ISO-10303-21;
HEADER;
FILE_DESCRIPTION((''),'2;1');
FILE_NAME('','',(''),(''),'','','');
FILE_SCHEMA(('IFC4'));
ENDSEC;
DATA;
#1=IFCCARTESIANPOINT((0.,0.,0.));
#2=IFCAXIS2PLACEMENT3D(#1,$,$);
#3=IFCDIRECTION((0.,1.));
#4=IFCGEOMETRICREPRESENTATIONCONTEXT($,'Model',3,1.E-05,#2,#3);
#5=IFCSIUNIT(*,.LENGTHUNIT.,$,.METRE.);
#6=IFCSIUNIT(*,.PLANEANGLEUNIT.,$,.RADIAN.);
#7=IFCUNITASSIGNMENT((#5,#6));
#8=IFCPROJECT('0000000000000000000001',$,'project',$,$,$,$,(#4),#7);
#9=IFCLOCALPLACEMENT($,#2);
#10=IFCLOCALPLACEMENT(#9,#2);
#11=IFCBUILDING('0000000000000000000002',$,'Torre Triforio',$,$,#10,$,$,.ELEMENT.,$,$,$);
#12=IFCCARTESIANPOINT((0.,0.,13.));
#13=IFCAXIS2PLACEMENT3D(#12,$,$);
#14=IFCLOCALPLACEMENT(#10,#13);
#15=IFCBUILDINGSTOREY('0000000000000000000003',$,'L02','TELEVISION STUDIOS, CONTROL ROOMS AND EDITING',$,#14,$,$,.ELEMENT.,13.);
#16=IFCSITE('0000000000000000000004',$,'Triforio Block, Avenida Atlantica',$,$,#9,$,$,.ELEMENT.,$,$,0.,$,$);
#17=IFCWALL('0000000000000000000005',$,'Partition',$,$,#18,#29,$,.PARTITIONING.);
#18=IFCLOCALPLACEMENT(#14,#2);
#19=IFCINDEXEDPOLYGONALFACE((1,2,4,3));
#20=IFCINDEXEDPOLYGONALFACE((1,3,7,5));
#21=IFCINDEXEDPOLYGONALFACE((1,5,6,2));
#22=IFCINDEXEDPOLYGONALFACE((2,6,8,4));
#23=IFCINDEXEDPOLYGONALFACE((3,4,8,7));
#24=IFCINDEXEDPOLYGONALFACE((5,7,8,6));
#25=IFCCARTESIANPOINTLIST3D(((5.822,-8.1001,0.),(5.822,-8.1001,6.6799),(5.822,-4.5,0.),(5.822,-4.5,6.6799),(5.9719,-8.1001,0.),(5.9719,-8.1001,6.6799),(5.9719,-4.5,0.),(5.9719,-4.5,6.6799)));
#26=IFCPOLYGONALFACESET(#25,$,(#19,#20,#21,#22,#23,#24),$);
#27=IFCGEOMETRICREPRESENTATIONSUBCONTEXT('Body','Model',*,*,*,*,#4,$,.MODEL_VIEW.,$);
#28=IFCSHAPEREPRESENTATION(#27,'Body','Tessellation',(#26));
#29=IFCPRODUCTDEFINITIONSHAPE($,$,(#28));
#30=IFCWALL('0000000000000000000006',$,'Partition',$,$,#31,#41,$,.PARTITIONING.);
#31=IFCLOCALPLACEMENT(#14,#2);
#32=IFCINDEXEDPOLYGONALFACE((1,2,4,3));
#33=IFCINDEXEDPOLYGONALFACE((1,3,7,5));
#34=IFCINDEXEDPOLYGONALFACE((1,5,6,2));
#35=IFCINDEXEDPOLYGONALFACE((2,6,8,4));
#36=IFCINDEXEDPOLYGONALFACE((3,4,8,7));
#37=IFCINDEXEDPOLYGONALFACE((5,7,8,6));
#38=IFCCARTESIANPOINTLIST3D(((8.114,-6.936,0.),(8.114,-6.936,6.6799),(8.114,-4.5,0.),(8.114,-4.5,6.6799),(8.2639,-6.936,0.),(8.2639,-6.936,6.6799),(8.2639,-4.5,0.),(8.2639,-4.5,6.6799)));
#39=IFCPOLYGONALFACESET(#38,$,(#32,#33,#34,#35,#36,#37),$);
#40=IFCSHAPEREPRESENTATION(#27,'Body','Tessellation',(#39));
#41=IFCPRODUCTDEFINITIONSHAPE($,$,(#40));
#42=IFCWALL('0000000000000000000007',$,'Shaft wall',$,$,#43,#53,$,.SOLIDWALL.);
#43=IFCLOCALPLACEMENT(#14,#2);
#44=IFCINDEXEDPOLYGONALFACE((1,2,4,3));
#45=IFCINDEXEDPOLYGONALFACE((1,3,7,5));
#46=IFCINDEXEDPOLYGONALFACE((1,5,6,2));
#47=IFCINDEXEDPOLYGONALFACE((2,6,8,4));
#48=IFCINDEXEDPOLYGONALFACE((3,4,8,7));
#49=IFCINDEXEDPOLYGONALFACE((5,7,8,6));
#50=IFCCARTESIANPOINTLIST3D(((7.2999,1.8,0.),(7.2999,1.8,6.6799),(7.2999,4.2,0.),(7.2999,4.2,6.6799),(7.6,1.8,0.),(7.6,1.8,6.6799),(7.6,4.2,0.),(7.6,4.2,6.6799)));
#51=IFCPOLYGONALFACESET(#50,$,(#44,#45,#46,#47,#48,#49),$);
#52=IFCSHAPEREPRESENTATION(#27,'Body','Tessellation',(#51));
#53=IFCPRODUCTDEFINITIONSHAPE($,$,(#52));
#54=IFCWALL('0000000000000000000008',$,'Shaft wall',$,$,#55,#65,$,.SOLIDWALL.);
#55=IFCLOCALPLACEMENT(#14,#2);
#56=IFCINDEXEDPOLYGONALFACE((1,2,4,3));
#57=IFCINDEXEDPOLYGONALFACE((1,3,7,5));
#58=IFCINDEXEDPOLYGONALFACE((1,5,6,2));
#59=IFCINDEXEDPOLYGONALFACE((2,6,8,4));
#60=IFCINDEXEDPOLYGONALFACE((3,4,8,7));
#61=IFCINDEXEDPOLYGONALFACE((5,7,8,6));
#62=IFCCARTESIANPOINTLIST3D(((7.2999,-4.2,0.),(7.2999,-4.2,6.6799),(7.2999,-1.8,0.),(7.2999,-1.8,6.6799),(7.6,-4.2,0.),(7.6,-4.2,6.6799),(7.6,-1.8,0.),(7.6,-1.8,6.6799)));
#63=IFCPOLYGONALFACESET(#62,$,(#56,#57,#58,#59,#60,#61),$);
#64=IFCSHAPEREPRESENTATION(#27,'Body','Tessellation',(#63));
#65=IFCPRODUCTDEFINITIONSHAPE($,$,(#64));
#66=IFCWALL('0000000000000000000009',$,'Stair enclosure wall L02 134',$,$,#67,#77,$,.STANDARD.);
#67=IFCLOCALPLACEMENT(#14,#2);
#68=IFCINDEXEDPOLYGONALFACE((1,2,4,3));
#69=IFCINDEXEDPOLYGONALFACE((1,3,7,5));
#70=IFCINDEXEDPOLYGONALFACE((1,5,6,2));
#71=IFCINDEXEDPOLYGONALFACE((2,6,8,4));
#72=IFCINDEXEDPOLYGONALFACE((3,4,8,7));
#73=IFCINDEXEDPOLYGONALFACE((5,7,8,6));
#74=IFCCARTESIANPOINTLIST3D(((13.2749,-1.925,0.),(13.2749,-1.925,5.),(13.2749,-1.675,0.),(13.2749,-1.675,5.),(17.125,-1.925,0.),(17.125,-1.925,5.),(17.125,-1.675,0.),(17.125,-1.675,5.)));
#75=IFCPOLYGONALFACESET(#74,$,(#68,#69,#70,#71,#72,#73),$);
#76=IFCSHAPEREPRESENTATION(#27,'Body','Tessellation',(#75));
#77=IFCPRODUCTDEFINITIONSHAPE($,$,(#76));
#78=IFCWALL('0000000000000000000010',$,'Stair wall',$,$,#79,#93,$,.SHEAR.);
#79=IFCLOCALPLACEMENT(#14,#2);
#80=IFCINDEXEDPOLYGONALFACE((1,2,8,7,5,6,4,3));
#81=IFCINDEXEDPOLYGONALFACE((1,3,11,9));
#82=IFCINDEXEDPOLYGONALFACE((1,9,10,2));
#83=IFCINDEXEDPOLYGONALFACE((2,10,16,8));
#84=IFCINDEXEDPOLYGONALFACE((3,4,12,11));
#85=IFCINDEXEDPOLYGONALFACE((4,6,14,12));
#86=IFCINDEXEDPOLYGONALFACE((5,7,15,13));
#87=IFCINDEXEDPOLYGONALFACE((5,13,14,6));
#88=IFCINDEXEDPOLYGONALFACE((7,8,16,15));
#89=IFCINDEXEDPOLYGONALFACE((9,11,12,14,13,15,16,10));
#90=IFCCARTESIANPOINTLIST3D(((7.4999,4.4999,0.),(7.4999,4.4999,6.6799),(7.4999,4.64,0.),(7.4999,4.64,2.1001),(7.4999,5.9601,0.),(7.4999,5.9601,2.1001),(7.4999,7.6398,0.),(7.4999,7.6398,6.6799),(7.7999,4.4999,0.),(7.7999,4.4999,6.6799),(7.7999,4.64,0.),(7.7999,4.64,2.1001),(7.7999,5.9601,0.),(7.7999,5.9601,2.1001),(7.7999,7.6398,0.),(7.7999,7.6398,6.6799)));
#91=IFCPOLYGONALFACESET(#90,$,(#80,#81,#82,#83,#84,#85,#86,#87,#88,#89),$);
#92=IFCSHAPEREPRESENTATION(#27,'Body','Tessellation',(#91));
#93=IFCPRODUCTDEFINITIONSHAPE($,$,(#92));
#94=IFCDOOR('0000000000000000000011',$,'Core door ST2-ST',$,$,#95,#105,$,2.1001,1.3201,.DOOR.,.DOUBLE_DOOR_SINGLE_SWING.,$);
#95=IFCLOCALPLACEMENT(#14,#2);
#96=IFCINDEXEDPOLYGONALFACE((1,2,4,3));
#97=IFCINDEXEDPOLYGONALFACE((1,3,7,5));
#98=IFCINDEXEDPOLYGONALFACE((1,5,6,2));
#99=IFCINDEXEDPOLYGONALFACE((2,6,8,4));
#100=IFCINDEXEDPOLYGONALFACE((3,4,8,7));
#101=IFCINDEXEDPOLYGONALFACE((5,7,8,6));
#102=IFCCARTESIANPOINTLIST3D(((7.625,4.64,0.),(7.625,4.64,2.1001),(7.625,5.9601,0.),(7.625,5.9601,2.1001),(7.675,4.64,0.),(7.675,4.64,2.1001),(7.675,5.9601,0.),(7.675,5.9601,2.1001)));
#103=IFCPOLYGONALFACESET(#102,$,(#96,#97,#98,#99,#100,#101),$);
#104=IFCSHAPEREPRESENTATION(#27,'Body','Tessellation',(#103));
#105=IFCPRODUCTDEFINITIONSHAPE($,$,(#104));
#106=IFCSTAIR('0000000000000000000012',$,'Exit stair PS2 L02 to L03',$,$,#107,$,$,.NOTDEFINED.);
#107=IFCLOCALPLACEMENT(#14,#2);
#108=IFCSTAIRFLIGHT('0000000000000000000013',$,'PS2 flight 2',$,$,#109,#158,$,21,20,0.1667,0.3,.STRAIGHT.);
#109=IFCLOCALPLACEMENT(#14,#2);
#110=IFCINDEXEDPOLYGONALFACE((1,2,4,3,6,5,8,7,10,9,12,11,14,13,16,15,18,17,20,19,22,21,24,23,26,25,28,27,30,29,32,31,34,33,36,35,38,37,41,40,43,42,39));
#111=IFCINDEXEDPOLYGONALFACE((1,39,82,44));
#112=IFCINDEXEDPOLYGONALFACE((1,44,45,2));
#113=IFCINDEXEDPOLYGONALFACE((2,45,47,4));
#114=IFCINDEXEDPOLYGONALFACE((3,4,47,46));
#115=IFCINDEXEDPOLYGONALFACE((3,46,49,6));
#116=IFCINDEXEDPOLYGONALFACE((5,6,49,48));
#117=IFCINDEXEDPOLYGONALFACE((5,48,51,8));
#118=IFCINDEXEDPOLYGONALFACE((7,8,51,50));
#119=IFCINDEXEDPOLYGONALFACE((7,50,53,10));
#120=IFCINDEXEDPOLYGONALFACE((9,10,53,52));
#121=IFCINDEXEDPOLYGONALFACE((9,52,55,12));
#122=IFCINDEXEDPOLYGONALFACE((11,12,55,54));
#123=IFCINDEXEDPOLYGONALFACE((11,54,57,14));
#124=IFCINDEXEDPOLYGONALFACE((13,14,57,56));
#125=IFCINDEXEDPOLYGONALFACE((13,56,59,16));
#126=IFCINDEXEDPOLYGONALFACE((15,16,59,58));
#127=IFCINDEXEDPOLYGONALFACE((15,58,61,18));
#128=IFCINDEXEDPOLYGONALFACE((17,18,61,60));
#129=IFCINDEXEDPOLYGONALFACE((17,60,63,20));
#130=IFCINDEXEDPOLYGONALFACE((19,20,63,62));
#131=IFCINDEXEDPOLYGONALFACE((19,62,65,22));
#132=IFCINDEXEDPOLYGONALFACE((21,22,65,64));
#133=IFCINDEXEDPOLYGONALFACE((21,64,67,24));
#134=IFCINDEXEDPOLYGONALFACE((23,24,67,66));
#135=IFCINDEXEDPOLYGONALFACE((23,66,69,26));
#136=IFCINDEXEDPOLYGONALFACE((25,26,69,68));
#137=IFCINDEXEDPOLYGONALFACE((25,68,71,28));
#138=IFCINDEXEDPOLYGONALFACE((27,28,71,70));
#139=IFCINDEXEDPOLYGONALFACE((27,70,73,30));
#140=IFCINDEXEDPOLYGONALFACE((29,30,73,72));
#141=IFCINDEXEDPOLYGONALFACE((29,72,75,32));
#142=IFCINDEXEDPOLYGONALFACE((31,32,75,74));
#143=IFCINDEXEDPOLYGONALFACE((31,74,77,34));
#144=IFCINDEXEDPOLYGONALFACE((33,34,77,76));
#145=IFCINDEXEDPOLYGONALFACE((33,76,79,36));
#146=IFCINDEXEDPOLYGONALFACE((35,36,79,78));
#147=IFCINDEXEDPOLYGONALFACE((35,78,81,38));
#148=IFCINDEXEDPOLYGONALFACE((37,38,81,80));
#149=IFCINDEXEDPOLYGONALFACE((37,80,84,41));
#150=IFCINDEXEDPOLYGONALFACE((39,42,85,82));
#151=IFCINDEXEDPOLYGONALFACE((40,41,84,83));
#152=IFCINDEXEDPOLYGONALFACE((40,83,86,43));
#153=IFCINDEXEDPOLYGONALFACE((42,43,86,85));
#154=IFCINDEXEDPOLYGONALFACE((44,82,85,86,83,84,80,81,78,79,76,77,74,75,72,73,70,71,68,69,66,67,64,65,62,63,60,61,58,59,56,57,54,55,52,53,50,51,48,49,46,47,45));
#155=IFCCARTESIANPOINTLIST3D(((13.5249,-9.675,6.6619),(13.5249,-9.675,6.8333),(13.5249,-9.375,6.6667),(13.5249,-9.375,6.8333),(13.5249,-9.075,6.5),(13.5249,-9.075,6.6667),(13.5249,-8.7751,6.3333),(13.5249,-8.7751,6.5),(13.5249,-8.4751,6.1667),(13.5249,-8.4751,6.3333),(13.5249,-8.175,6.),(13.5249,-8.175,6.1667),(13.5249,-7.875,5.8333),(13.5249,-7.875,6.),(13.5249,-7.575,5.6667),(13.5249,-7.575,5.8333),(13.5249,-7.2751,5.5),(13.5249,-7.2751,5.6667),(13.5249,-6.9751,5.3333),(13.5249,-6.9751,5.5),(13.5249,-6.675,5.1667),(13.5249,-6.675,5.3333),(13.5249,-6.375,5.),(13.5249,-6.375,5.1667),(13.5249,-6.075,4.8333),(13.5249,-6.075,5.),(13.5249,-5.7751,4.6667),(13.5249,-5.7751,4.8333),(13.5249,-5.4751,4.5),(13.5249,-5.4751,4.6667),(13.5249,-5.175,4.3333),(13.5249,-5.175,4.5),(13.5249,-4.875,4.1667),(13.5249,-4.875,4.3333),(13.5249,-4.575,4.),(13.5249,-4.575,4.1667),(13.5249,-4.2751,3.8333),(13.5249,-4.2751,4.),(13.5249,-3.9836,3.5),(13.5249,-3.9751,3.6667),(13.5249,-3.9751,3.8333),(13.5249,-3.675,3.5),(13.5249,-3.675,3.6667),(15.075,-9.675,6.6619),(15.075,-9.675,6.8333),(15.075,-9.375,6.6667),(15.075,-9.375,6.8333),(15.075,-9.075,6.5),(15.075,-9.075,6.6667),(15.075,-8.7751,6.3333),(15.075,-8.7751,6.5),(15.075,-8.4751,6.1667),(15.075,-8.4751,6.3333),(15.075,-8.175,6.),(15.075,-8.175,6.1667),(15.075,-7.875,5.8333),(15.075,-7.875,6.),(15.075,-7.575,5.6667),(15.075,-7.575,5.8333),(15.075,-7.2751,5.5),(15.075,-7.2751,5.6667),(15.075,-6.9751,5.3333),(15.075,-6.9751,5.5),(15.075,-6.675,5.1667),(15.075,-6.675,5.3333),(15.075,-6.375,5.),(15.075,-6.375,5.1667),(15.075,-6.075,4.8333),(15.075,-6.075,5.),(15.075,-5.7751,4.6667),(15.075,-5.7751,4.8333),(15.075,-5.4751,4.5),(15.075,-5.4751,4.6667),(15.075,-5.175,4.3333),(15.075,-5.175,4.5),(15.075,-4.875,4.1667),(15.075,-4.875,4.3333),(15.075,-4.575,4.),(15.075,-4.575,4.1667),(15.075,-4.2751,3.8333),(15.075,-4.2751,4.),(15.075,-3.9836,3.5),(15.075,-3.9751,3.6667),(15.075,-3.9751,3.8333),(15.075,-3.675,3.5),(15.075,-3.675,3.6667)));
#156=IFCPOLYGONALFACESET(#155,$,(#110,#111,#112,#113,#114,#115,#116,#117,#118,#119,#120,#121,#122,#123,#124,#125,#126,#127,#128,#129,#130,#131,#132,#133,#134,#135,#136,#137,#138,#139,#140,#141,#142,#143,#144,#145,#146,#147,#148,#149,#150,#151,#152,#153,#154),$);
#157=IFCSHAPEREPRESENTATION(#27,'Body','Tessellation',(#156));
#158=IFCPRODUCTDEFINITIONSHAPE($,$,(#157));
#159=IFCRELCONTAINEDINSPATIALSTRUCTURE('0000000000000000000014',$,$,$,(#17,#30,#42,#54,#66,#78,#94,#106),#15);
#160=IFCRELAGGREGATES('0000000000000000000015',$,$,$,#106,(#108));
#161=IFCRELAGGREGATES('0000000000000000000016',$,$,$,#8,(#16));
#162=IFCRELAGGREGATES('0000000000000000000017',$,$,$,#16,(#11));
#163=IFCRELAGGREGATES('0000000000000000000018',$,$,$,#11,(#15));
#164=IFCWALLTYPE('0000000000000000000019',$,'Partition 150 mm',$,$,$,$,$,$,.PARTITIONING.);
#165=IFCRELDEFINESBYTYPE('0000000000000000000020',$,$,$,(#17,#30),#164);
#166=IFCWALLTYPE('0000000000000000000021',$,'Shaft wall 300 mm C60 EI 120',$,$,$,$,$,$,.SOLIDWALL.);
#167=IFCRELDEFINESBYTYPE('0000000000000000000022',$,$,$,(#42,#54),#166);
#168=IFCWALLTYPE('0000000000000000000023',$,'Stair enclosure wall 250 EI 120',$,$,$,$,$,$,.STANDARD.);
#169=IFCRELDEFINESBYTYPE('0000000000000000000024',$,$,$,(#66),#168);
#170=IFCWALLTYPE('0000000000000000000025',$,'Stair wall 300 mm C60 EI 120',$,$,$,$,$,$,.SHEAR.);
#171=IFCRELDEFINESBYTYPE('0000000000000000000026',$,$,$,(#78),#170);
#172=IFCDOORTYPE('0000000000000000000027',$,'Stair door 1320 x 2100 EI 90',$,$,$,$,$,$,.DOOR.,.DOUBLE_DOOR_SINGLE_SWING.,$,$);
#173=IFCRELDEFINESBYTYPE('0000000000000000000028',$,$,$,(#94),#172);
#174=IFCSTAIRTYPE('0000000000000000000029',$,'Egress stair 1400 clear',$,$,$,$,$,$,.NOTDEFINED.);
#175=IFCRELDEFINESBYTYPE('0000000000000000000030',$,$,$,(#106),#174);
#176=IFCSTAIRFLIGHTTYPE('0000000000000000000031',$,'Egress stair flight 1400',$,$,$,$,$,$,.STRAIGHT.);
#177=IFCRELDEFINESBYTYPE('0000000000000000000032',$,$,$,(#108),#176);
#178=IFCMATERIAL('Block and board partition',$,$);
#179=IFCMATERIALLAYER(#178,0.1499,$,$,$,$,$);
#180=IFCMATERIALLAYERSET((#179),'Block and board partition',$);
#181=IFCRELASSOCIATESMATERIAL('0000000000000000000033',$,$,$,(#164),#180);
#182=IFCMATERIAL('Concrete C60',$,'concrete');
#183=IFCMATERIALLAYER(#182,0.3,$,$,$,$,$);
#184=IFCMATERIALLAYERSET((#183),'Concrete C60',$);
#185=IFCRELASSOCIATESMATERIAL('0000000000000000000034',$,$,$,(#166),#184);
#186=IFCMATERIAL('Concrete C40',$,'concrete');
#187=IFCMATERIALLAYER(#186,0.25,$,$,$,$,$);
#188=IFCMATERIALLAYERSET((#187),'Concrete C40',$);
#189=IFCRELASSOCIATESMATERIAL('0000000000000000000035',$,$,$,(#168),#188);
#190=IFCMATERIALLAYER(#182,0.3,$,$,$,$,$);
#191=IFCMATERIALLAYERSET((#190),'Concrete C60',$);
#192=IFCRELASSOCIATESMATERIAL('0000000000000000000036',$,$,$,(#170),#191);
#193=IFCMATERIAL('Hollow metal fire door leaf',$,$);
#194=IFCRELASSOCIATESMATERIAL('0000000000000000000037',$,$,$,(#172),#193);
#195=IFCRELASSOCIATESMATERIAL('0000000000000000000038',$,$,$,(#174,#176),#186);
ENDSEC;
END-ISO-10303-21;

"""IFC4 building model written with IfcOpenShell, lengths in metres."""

from ifc_helpers import new_model, si_unit, direction, frame, frame_2d, origin, place, context, subcontext, project, spatial, polyline, rectangle, outline, extrude, material, layer, layer_set, type_object, element, fill, aggregate, save


model = new_model("IFC4")

# Units and contexts
model_context = context("Model", 3, precision=1e-05, world=origin(), true_north=direction((0.0, 1.0)))
body_context = subcontext(model_context, "Body", "Model", "MODEL_VIEW")
ifc_project = project(units=[si_unit("LENGTHUNIT", "METRE"), si_unit("PLANEANGLEUNIT", "RADIAN")], contexts=[model_context])

# Site, building, storey
site_placement = place(None, origin())
site = spatial("IfcSite", under=ifc_project, at=site_placement, Name="Triforio Block, Avenida Atlantica", CompositionType="ELEMENT", RefElevation=0.0)
building_placement = place(site_placement, origin())
building = spatial("IfcBuilding", under=site, at=building_placement, Name="Torre Triforio", CompositionType="ELEMENT")
storey_placement = place(building_placement, frame((0.0, 0.0, 13.0)))
storey = spatial("IfcBuildingStorey", under=building, at=storey_placement, Name="L02", Description="TELEVISION STUDIOS, CONTROL ROOMS AND EDITING", CompositionType="ELEMENT", Elevation=13.0)

# Shared definitions
ifc_material_1 = material(Name="Concrete C60", Category="concrete")
ifc_material_2 = material(Name="Hollow metal fire door leaf")

# Walls
ifc_material_3 = material(Name="Block and board partition")
ifc_layer_1 = layer(ifc_material_3, 0.1499)
ifc_layer_set_1 = layer_set([ifc_layer_1], Name="Block and board partition")
wall_type_1 = type_object("IfcWallType", Name="Partition 150 mm", PredefinedType="PARTITIONING", material=ifc_layer_set_1)
wall_1_placement = place(storey_placement, frame((5.897, -8.1001, 0.0), z_axis=(0.0, 0.0, 1.0), x_axis=(0.0, 1.0, 0.0)))
element("IfcWall", 1, at=wall_1_placement, inside=storey, type_object=wall_type_1, Name="Partition", PredefinedType="PARTITIONING", context=body_context, shape_type="SweptSolid", body=[
    extrude(rectangle(XDim=3.6001, YDim=0.1499, at=frame_2d((1.8, 0.0))), origin(), (0.0, 0.0, 1.0), 6.6799),
])
wall_2_placement = place(storey_placement, frame((8.189, -6.936, 0.0), z_axis=(0.0, 0.0, 1.0), x_axis=(0.0, 1.0, 0.0)))
element("IfcWall", 2, at=wall_2_placement, inside=storey, type_object=wall_type_1, Name="Partition", PredefinedType="PARTITIONING", context=body_context, shape_type="SweptSolid", body=[
    extrude(rectangle(XDim=2.436, YDim=0.1499, at=frame_2d((1.218, 0.0))), origin(), (0.0, 0.0, 1.0), 6.6799),
])
ifc_layer_2 = layer(ifc_material_1, 0.3)
ifc_layer_set_2 = layer_set([ifc_layer_2], Name="Concrete C60")
wall_type_2 = type_object("IfcWallType", Name="Shaft wall 300 mm C60 EI 120", PredefinedType="SOLIDWALL", material=ifc_layer_set_2)
for number, where, z_axis, x_axis, name in (
    (3, (7.45, 1.8, 0.0), (0.0, 0.0, 1.0), (0.0, 1.0, 0.0), "Shaft wall"),
    (4, (7.45, -4.2, 0.0), (0.0, 0.0, 1.0), (0.0, 1.0, 0.0), "Shaft wall"),
):
    element("IfcWall", number, at=place(storey_placement, frame(where, z_axis=z_axis, x_axis=x_axis)), inside=storey, type_object=wall_type_2, Name=name, PredefinedType="SOLIDWALL", context=body_context, shape_type="SweptSolid", body=[
        extrude(rectangle(XDim=2.3999, YDim=0.3, at=frame_2d((1.2, 0.0))), origin(), (0.0, 0.0, 1.0), 6.6799),
    ])
ifc_material_4 = material(Name="Concrete C40", Category="concrete")
ifc_layer_3 = layer(ifc_material_4, 0.25)
ifc_layer_set_3 = layer_set([ifc_layer_3], Name="Concrete C40")
wall_type_3 = type_object("IfcWallType", Name="Stair enclosure wall 250 EI 120", PredefinedType="STANDARD", material=ifc_layer_set_3)
wall_3_placement = place(storey_placement, frame((13.2749, -1.8, 0.0), z_axis=(0.0, 0.0, 1.0), x_axis=(1.0, 0.0, 0.0)))
element("IfcWall", 5, at=wall_3_placement, inside=storey, type_object=wall_type_3, Name="Stair enclosure wall L02 134", PredefinedType="STANDARD", context=body_context, shape_type="SweptSolid", body=[
    extrude(rectangle(XDim=3.8501, YDim=0.25, at=frame_2d((1.925, 0.0))), origin(), (0.0, 0.0, 1.0), 5.0),
])

# Wall, opening, door
ifc_layer_4 = layer(ifc_material_1, 0.3)
ifc_layer_set_4 = layer_set([ifc_layer_4], Name="Concrete C60")
wall_type_4 = type_object("IfcWallType", Name="Stair wall 300 mm C60 EI 120", PredefinedType="SHEAR", material=ifc_layer_set_4)
wall_4_placement = place(storey_placement, frame((7.6499, 4.5, 0.0), z_axis=(0.0, 0.0, 1.0), x_axis=(0.0, 1.0, 0.0)))
wall_4 = element("IfcWall", 6, at=wall_4_placement, inside=storey, type_object=wall_type_4, Name="Stair wall", PredefinedType="SHEAR", context=body_context, shape_type="SweptSolid", body=[
    extrude(rectangle(XDim=3.1399, YDim=0.3, at=frame_2d((1.5698, 0.0))), origin(), (0.0, 0.0, 1.0), 6.6799),
])
opening_1_placement = place(wall_4_placement, frame((0.1399, 0.0, 0.0)))
opening_1 = element("IfcOpeningElement", 7, at=opening_1_placement, cuts=wall_4, PredefinedType="OPENING", context=body_context, shape_type="SweptSolid", body=[
    extrude(rectangle(XDim=1.3201, YDim=2.1001, at=frame_2d((0.6602, 1.05))), frame((0.0, 0.1599, 0.0), z_axis=(0.0, -1.0, 0.0), x_axis=(1.0, 0.0, 0.0)), (0.0, 0.0, 1.0), 0.3201),
])
door_type_1 = type_object("IfcDoorType", Name="Stair door 1320 x 2100 EI 90", OperationType="DOUBLE_DOOR_SINGLE_SWING", PredefinedType="DOOR", material=ifc_material_2)
door_1_placement = place(opening_1_placement, origin())
door_1 = element("IfcDoor", 8, at=door_1_placement, inside=storey, type_object=door_type_1, Name="Core door ST2-ST", OperationType="DOUBLE_DOOR_SINGLE_SWING", OverallHeight=2.1001, OverallWidth=1.3201, PredefinedType="DOOR", context=body_context, shape_type="SweptSolid", body=[
    extrude(rectangle(XDim=1.3201, YDim=2.1001, at=frame_2d((0.6602, 1.05))), frame((0.0, 0.0249, 0.0), z_axis=(0.0, -1.0, 0.0), x_axis=(1.0, 0.0, 0.0)), (0.0, 0.0, 1.0), 0.05),
])
fill(opening_1, door_1)

# Stair, stair flight
stair_type_1 = type_object("IfcStairType", Name="Egress stair 1400 clear", PredefinedType="NOTDEFINED", material=ifc_material_4)
stair_1_placement = place(storey_placement, origin())
stair_1 = element("IfcStair", 9, at=stair_1_placement, inside=storey, type_object=stair_type_1, Name="Exit stair PS2 L02 to L03", PredefinedType="NOTDEFINED")
stair_flight_type_1 = type_object("IfcStairFlightType", Name="Egress stair flight 1400", PredefinedType="STRAIGHT", material=ifc_material_4)
stair_flight_1_placement = place(storey_placement, frame((14.3, -3.675, 3.5), z_axis=(0.0, 0.0, 1.0), x_axis=(0.0, -1.0, 0.0)))
stair_flight_1 = element("IfcStairFlight", 10, at=stair_flight_1_placement, type_object=stair_flight_type_1, Name="PS2 flight 2", NumberOfRisers=21, NumberOfTreads=20, PredefinedType="STRAIGHT", RiserHeight=0.1667, TreadLength=0.3, context=body_context, shape_type="SweptSolid", body=[
    extrude(outline(polyline([(0.0, 0.0), (0.0, 0.1667), (0.3, 0.1667), (0.3, 0.3333), (0.6001, 0.3333), (0.6001, 0.5), (0.8999, 0.5), (0.8999, 0.6667), (1.2, 0.6667), (1.2, 0.8333), (1.5, 0.8333), (1.5, 1.0), (1.8, 1.0), (1.8, 1.1667), (2.1001, 1.1667), (2.1001, 1.3333), (2.3999, 1.3333), (2.3999, 1.5), (2.7, 1.5), (2.7, 1.6667), (3.0, 1.6667), (3.0, 1.8333), (3.3, 1.8333), (3.3, 2.0), (3.6001, 2.0), (3.6001, 2.1667), (3.8999, 2.1667), (3.8999, 2.3333), (4.2, 2.3333), (4.2, 2.5), (4.5, 2.5), (4.5, 2.6667), (4.8, 2.6667), (4.8, 2.8333), (5.1001, 2.8333), (5.1001, 3.0), (5.3999, 3.0), (5.3999, 3.1667), (5.7, 3.1667), (5.7, 3.3333), (6.0, 3.3333), (6.0, 3.5), (6.0, 3.1619), (0.3086, 0.0), (0.0, 0.0)])), frame((0.0, 0.7749, 0.0), z_axis=(0.0, -1.0, 0.0), x_axis=(1.0, 0.0, 0.0)), (0.0, 0.0, 1.0), 1.55),
])

aggregate(stair_1, [stair_flight_1])

save(model, "model.ifc")
